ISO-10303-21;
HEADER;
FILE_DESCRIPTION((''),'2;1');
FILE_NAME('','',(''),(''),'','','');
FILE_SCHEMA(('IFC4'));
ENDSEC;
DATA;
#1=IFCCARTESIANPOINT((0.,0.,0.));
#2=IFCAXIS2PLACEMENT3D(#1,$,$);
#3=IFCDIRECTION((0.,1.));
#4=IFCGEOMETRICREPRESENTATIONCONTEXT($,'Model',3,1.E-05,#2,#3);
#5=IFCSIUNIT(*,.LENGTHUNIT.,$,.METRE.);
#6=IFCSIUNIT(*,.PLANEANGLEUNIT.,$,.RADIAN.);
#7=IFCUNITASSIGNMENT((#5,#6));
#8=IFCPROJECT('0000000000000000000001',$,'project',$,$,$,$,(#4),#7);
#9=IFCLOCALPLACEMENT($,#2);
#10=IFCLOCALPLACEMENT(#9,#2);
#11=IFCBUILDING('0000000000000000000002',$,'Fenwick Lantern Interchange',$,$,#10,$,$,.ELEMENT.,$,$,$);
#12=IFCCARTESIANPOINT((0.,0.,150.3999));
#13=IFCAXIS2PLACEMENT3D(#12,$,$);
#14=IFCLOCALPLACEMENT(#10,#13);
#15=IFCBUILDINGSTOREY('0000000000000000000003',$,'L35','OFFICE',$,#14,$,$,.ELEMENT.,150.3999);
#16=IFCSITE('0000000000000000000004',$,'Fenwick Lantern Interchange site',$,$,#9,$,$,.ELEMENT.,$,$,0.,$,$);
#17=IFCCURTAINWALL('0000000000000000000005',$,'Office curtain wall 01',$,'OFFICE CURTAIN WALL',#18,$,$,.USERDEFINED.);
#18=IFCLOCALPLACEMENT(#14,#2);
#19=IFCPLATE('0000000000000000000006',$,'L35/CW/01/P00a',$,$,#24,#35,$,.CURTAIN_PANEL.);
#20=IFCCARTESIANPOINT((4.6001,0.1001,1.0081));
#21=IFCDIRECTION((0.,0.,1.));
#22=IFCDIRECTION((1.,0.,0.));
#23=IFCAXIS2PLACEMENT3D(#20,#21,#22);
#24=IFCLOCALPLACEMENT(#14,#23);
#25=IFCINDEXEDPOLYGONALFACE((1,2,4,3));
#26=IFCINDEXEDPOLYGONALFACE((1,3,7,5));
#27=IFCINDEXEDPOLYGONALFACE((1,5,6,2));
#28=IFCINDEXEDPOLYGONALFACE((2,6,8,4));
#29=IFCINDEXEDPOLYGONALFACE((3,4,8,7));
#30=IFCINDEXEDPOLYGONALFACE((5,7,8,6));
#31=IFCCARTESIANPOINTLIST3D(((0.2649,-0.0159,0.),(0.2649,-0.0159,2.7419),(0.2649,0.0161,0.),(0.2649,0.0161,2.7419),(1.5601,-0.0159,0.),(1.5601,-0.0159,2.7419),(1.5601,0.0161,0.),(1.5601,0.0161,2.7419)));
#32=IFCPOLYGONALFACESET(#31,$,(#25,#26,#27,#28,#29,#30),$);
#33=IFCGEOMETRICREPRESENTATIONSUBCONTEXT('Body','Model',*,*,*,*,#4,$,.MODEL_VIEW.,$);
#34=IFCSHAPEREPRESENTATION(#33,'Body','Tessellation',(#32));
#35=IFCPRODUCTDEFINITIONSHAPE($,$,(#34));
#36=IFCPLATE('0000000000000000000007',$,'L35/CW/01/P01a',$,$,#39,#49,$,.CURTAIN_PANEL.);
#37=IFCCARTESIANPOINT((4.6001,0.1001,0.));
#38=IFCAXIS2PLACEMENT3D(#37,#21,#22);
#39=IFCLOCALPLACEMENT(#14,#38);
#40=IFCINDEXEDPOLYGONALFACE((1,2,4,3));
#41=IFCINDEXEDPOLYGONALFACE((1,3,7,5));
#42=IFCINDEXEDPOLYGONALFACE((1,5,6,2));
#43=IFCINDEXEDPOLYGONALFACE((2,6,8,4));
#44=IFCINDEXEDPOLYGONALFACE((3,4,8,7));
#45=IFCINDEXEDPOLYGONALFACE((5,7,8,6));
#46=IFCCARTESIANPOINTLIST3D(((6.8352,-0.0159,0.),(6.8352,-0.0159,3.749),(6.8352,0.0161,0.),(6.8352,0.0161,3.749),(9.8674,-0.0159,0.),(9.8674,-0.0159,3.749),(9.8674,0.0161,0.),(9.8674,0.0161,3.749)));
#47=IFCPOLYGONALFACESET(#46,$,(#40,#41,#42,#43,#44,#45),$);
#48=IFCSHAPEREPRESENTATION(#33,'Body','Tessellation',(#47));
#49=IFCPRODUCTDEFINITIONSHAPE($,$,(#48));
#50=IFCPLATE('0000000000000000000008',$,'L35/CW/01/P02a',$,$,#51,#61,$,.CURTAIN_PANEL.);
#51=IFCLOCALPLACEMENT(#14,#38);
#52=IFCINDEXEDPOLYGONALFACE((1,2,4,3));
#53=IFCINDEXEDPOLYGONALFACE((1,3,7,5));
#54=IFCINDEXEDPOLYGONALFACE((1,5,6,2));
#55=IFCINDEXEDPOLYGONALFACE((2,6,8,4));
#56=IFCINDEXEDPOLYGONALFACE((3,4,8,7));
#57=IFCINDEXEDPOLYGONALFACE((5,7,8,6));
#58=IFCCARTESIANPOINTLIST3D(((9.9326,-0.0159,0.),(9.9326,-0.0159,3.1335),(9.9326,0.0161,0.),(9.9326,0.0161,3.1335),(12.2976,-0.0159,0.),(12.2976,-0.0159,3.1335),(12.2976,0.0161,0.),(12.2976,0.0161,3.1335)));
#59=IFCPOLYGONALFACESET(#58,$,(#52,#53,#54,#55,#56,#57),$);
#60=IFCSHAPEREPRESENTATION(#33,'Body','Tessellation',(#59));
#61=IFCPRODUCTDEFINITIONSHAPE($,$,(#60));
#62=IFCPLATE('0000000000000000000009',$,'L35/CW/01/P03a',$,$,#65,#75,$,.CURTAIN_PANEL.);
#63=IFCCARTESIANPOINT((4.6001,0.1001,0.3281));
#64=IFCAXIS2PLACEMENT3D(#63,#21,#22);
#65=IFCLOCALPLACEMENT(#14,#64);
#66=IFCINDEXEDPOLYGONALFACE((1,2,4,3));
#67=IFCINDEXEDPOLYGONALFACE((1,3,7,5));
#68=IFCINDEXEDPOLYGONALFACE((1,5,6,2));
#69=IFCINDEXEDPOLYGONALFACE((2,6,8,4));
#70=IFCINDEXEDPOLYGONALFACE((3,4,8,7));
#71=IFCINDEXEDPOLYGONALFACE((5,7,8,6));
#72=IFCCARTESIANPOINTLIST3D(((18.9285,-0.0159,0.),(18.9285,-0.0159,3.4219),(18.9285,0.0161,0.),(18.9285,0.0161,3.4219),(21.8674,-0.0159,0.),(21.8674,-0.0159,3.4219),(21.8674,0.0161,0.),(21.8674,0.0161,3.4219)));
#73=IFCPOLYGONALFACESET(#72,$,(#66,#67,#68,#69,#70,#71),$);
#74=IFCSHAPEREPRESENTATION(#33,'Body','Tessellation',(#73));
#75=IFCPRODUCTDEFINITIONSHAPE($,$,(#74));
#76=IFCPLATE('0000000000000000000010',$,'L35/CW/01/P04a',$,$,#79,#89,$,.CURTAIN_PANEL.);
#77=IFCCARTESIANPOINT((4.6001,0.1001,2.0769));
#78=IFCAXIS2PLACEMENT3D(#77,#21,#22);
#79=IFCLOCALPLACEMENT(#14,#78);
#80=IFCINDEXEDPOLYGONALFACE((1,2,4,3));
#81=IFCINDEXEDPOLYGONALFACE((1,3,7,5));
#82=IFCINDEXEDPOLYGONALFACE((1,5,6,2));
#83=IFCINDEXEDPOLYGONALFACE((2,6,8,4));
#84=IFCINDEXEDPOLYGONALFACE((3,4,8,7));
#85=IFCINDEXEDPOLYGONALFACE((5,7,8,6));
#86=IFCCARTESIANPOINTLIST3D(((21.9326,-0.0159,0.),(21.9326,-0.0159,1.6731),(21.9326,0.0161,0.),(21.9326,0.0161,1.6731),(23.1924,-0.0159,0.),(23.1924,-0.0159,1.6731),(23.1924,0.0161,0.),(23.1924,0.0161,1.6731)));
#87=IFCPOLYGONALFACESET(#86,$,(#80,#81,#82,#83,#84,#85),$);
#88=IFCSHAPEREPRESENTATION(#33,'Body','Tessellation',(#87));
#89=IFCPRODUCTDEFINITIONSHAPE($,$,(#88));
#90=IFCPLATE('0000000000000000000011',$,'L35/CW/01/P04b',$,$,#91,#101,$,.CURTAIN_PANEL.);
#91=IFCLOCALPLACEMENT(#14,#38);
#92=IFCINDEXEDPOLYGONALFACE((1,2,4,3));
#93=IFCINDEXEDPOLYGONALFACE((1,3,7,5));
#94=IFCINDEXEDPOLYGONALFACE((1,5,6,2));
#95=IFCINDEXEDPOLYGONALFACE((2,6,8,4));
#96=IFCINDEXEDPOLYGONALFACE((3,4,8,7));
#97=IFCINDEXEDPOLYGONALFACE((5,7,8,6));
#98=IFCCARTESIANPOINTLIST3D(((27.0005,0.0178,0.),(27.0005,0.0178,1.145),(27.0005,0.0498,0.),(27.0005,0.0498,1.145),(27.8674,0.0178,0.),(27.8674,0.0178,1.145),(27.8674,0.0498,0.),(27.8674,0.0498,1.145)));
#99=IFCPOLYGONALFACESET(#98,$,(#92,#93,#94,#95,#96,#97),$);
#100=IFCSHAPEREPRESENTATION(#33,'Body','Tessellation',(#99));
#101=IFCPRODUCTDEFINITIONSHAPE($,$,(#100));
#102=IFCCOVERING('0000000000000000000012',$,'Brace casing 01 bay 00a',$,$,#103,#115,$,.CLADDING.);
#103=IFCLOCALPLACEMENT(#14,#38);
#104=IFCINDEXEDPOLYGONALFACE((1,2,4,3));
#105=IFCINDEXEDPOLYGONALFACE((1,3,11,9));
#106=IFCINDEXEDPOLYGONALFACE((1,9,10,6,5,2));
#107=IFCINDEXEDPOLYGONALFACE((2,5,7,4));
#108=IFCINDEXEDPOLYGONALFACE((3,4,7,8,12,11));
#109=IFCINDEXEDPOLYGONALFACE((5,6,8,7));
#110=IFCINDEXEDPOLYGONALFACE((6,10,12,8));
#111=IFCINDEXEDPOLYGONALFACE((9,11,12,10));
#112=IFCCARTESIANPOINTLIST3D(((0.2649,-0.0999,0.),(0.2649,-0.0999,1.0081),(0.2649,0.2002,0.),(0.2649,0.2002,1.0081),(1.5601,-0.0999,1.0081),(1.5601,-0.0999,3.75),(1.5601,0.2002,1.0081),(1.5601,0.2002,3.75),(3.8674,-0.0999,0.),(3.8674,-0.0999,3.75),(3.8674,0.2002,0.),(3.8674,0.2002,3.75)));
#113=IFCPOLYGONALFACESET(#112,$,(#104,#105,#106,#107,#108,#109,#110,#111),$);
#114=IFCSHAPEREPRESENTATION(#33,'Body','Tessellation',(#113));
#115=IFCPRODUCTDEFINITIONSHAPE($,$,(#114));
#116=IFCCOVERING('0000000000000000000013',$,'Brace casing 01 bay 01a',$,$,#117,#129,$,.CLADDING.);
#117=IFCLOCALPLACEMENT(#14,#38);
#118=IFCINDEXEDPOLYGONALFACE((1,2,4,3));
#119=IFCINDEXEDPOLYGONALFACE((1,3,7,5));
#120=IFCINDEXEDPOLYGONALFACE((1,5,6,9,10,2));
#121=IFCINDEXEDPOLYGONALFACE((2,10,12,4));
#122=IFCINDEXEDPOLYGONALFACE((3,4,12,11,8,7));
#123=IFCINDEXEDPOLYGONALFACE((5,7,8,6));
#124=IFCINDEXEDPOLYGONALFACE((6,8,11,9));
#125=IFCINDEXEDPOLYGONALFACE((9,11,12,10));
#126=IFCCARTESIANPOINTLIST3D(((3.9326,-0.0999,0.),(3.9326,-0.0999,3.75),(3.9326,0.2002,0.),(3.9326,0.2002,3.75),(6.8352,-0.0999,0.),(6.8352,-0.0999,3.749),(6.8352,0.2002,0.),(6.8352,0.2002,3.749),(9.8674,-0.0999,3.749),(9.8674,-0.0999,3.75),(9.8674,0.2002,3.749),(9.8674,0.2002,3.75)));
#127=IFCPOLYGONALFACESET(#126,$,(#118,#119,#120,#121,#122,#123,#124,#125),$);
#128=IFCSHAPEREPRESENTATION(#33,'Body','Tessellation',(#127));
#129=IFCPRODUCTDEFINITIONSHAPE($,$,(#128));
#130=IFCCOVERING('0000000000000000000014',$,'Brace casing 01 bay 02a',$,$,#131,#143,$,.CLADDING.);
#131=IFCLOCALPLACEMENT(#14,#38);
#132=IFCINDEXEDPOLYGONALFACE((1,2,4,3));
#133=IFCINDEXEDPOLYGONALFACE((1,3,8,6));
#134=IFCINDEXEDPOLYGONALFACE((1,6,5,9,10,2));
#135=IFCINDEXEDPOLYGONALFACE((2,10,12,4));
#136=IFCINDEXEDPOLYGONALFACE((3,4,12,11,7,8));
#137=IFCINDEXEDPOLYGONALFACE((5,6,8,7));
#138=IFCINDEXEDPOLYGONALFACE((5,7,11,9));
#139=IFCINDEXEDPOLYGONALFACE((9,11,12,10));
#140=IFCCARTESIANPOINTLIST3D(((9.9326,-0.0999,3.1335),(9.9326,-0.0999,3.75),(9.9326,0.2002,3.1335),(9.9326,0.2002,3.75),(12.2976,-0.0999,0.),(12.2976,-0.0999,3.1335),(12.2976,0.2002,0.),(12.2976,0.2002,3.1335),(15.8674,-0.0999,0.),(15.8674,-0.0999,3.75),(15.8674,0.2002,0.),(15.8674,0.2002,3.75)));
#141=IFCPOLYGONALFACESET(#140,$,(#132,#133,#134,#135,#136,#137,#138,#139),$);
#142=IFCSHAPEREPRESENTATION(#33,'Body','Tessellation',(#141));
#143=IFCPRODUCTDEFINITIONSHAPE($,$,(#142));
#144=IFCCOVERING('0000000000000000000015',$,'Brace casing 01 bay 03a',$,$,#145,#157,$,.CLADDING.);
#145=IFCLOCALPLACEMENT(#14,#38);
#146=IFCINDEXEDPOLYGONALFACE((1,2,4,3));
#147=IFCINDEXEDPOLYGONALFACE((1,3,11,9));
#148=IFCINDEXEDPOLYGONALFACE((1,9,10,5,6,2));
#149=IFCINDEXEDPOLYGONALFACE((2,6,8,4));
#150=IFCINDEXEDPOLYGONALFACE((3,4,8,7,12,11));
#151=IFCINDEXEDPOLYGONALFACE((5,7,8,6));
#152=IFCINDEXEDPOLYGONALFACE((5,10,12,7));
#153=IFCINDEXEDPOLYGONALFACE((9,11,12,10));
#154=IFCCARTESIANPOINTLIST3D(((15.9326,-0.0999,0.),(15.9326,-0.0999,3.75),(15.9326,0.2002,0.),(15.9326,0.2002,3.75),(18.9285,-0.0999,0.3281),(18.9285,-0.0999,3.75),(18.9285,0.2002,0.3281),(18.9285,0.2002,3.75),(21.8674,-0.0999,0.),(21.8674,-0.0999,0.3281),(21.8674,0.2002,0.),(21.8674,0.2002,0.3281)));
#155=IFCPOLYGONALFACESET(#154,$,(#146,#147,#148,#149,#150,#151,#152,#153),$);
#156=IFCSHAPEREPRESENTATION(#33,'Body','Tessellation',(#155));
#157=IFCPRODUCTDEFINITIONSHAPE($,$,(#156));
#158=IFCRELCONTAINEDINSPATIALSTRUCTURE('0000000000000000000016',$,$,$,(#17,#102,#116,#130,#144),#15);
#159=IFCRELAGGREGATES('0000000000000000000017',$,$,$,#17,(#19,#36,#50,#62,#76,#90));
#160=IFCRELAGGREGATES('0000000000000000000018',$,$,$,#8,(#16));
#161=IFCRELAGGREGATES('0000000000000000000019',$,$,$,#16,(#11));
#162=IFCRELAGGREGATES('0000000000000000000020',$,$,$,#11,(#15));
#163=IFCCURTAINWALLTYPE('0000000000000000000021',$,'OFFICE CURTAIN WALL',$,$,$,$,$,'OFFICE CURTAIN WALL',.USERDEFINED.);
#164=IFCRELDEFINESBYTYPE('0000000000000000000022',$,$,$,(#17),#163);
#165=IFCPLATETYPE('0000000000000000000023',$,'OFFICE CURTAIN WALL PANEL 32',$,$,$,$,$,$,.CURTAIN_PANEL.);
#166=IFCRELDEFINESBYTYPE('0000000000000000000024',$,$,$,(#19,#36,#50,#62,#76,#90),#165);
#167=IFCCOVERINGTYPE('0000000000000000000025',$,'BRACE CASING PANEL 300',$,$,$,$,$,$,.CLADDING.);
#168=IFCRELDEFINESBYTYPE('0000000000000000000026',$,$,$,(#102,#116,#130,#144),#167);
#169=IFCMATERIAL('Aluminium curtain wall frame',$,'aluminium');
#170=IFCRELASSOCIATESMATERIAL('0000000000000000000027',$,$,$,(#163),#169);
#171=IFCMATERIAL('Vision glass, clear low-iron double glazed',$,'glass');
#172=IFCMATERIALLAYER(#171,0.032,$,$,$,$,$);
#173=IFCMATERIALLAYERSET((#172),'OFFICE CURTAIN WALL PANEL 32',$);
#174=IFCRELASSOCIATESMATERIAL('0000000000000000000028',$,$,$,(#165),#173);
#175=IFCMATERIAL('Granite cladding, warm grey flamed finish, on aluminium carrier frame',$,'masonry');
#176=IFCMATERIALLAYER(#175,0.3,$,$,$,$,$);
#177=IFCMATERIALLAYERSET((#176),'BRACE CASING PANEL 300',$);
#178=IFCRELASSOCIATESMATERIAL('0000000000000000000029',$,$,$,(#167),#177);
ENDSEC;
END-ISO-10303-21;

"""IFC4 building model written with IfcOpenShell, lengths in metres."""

from ifc_helpers import new_model, si_unit, direction, frame, origin, place, context, subcontext, project, spatial, polyline, outline, extrude, material, layer, layer_set, type_object, element, aggregate, save


model = new_model("IFC4")

# Units and contexts
model_context = context("Model", 3, precision=1e-05, world=origin(), true_north=direction((0.0, 1.0)))
body_context = subcontext(model_context, "Body", "Model", "MODEL_VIEW")
ifc_project = project(units=[si_unit("LENGTHUNIT", "METRE"), si_unit("PLANEANGLEUNIT", "RADIAN")], contexts=[model_context])

# Site, building, storey
site_placement = place(None, origin())
site = spatial("IfcSite", under=ifc_project, at=site_placement, Name="Fenwick Lantern Interchange site", CompositionType="ELEMENT", RefElevation=0.0)
building_placement = place(site_placement, origin())
building = spatial("IfcBuilding", under=site, at=building_placement, Name="Fenwick Lantern Interchange", CompositionType="ELEMENT")
storey_placement = place(building_placement, frame((0.0, 0.0, 150.3999)))
storey = spatial("IfcBuildingStorey", under=building, at=storey_placement, Name="L35", Description="OFFICE", CompositionType="ELEMENT", Elevation=150.3999)

# Shared definitions
ifc_material_1 = material(Name="Aluminium curtain wall frame", Category="aluminium")
curtain_wall_type = type_object("IfcCurtainWallType", Name="OFFICE CURTAIN WALL", ElementType="OFFICE CURTAIN WALL", PredefinedType="USERDEFINED", material=ifc_material_1)

# Curtain wall, plates
curtain_wall_1_placement = place(storey_placement, origin())
curtain_wall_1 = element("IfcCurtainWall", 1, at=curtain_wall_1_placement, inside=storey, type_object=curtain_wall_type, Name="Office curtain wall 01", ObjectType="OFFICE CURTAIN WALL", PredefinedType="USERDEFINED")
ifc_material_2 = material(Name="Vision glass, clear low-iron double glazed", Category="glass")
ifc_layer_1 = layer(ifc_material_2, 0.032)
ifc_layer_set_1 = layer_set([ifc_layer_1], Name="OFFICE CURTAIN WALL PANEL 32")
plate_type = type_object("IfcPlateType", Name="OFFICE CURTAIN WALL PANEL 32", PredefinedType="CURTAIN_PANEL", material=ifc_layer_set_1)
plate_1_placement = place(storey_placement, frame((4.6001, 0.1001, 1.0081), z_axis=(0.0, 0.0, 1.0), x_axis=(1.0, 0.0, 0.0)))
plate_1 = element("IfcPlate", 2, at=plate_1_placement, type_object=plate_type, Name="L35/CW/01/P00a", PredefinedType="CURTAIN_PANEL", context=body_context, shape_type="SweptSolid", body=[
    extrude(outline(polyline([(0.2649, 0.0), (1.5601, 0.0), (1.5601, 2.7419), (0.2649, 2.7419), (0.2649, 0.0)])), frame((0.0, 0.0161, 0.0), z_axis=(0.0, -1.0, 0.0), x_axis=(1.0, 0.0, 0.0)), (0.0, 0.0, 1.0), 0.032),
])
plate_2_placement = place(storey_placement, frame((4.6001, 0.1001, 0.0), z_axis=(0.0, 0.0, 1.0), x_axis=(1.0, 0.0, 0.0)))
plate_2 = element("IfcPlate", 3, at=plate_2_placement, type_object=plate_type, Name="L35/CW/01/P01a", PredefinedType="CURTAIN_PANEL", context=body_context, shape_type="SweptSolid", body=[
    extrude(outline(polyline([(6.8352, 0.0), (9.8674, 0.0), (9.8674, 3.749), (6.8352, 3.749), (6.8352, 0.0)])), frame((0.0, 0.0161, 0.0), z_axis=(0.0, -1.0, 0.0), x_axis=(1.0, 0.0, 0.0)), (0.0, 0.0, 1.0), 0.032),
])
plate_3_placement = place(storey_placement, frame((4.6001, 0.1001, 0.0), z_axis=(0.0, 0.0, 1.0), x_axis=(1.0, 0.0, 0.0)))
plate_3 = element("IfcPlate", 4, at=plate_3_placement, type_object=plate_type, Name="L35/CW/01/P02a", PredefinedType="CURTAIN_PANEL", context=body_context, shape_type="SweptSolid", body=[
    extrude(outline(polyline([(9.9326, 0.0), (12.2976, 0.0), (12.2976, 3.1335), (9.9326, 3.1335), (9.9326, 0.0)])), frame((0.0, 0.0161, 0.0), z_axis=(0.0, -1.0, 0.0), x_axis=(1.0, 0.0, 0.0)), (0.0, 0.0, 1.0), 0.032),
])
plate_4_placement = place(storey_placement, frame((4.6001, 0.1001, 0.3281), z_axis=(0.0, 0.0, 1.0), x_axis=(1.0, 0.0, 0.0)))
plate_4 = element("IfcPlate", 5, at=plate_4_placement, type_object=plate_type, Name="L35/CW/01/P03a", PredefinedType="CURTAIN_PANEL", context=body_context, shape_type="SweptSolid", body=[
    extrude(outline(polyline([(18.9285, 0.0), (21.8674, 0.0), (21.8674, 3.4219), (18.9285, 3.4219), (18.9285, 0.0)])), frame((0.0, 0.0161, 0.0), z_axis=(0.0, -1.0, 0.0), x_axis=(1.0, 0.0, 0.0)), (0.0, 0.0, 1.0), 0.032),
])
plate_5_placement = place(storey_placement, frame((4.6001, 0.1001, 2.0769), z_axis=(0.0, 0.0, 1.0), x_axis=(1.0, 0.0, 0.0)))
plate_5 = element("IfcPlate", 6, at=plate_5_placement, type_object=plate_type, Name="L35/CW/01/P04a", PredefinedType="CURTAIN_PANEL", context=body_context, shape_type="SweptSolid", body=[
    extrude(outline(polyline([(21.9326, 0.0), (23.1924, 0.0), (23.1924, 1.6731), (21.9326, 1.6731), (21.9326, 0.0)])), frame((0.0, 0.0161, 0.0), z_axis=(0.0, -1.0, 0.0), x_axis=(1.0, 0.0, 0.0)), (0.0, 0.0, 1.0), 0.032),
])
plate_6_placement = place(storey_placement, frame((4.6001, 0.1001, 0.0), z_axis=(0.0, 0.0, 1.0), x_axis=(1.0, 0.0, 0.0)))
plate_6 = element("IfcPlate", 7, at=plate_6_placement, type_object=plate_type, Name="L35/CW/01/P04b", PredefinedType="CURTAIN_PANEL", context=body_context, shape_type="SweptSolid", body=[
    extrude(outline(polyline([(27.0005, 0.0), (27.8674, 0.0), (27.8674, 1.145), (27.0005, 1.145), (27.0005, 0.0)])), frame((0.0, 0.0498, 0.0), z_axis=(0.0, -1.0, 0.0), x_axis=(1.0, 0.0, 0.0)), (0.0, 0.0, 1.0), 0.032),
])
aggregate(curtain_wall_1, [plate_1, plate_2, plate_3, plate_4, plate_5, plate_6])

# Coverings
ifc_material_3 = material(Name="Granite cladding, warm grey flamed finish, on aluminium carrier frame", Category="masonry")
ifc_layer_2 = layer(ifc_material_3, 0.3)
ifc_layer_set_2 = layer_set([ifc_layer_2], Name="BRACE CASING PANEL 300")
covering_type_1 = type_object("IfcCoveringType", Name="BRACE CASING PANEL 300", PredefinedType="CLADDING", material=ifc_layer_set_2)
covering_1_placement = place(storey_placement, frame((4.6001, 0.1001, 0.0), z_axis=(0.0, 0.0, 1.0), x_axis=(1.0, 0.0, 0.0)))
element("IfcCovering", 8, at=covering_1_placement, inside=storey, type_object=covering_type_1, Name="Brace casing 01 bay 00a", PredefinedType="CLADDING", context=body_context, shape_type="SweptSolid", body=[
    extrude(outline(polyline([(0.2649, 0.0), (3.8674, 0.0), (3.8674, 3.75), (1.5601, 3.75), (1.5601, 1.0081), (0.2649, 1.0081), (0.2649, 0.0)])), frame((0.0, 0.2002, 0.0), z_axis=(0.0, -1.0, 0.0), x_axis=(1.0, 0.0, 0.0)), (0.0, 0.0, 1.0), 0.3),
])
covering_2_placement = place(storey_placement, frame((4.6001, 0.1001, 0.0), z_axis=(0.0, 0.0, 1.0), x_axis=(1.0, 0.0, 0.0)))
element("IfcCovering", 9, at=covering_2_placement, inside=storey, type_object=covering_type_1, Name="Brace casing 01 bay 01a", PredefinedType="CLADDING", context=body_context, shape_type="SweptSolid", body=[
    extrude(outline(polyline([(3.9326, 0.0), (6.8352, 0.0), (6.8352, 3.749), (9.8674, 3.749), (9.8674, 3.75), (3.9326, 3.75), (3.9326, 0.0)])), frame((0.0, 0.2002, 0.0), z_axis=(0.0, -1.0, 0.0), x_axis=(1.0, 0.0, 0.0)), (0.0, 0.0, 1.0), 0.3),
])
covering_3_placement = place(storey_placement, frame((4.6001, 0.1001, 0.0), z_axis=(0.0, 0.0, 1.0), x_axis=(1.0, 0.0, 0.0)))
element("IfcCovering", 10, at=covering_3_placement, inside=storey, type_object=covering_type_1, Name="Brace casing 01 bay 02a", PredefinedType="CLADDING", context=body_context, shape_type="SweptSolid", body=[
    extrude(outline(polyline([(12.2976, 0.0), (15.8674, 0.0), (15.8674, 3.75), (9.9326, 3.75), (9.9326, 3.1335), (12.2976, 3.1335), (12.2976, 0.0)])), frame((0.0, 0.2002, 0.0), z_axis=(0.0, -1.0, 0.0), x_axis=(1.0, 0.0, 0.0)), (0.0, 0.0, 1.0), 0.3),
])
covering_4_placement = place(storey_placement, frame((4.6001, 0.1001, 0.0), z_axis=(0.0, 0.0, 1.0), x_axis=(1.0, 0.0, 0.0)))
element("IfcCovering", 11, at=covering_4_placement, inside=storey, type_object=covering_type_1, Name="Brace casing 01 bay 03a", PredefinedType="CLADDING", context=body_context, shape_type="SweptSolid", body=[
    extrude(outline(polyline([(15.9326, 0.0), (21.8674, 0.0), (21.8674, 0.3281), (18.9285, 0.3281), (18.9285, 3.75), (15.9326, 3.75), (15.9326, 0.0)])), frame((0.0, 0.2002, 0.0), z_axis=(0.0, -1.0, 0.0), x_axis=(1.0, 0.0, 0.0)), (0.0, 0.0, 1.0), 0.3),
])

save(model, "model.ifc")
